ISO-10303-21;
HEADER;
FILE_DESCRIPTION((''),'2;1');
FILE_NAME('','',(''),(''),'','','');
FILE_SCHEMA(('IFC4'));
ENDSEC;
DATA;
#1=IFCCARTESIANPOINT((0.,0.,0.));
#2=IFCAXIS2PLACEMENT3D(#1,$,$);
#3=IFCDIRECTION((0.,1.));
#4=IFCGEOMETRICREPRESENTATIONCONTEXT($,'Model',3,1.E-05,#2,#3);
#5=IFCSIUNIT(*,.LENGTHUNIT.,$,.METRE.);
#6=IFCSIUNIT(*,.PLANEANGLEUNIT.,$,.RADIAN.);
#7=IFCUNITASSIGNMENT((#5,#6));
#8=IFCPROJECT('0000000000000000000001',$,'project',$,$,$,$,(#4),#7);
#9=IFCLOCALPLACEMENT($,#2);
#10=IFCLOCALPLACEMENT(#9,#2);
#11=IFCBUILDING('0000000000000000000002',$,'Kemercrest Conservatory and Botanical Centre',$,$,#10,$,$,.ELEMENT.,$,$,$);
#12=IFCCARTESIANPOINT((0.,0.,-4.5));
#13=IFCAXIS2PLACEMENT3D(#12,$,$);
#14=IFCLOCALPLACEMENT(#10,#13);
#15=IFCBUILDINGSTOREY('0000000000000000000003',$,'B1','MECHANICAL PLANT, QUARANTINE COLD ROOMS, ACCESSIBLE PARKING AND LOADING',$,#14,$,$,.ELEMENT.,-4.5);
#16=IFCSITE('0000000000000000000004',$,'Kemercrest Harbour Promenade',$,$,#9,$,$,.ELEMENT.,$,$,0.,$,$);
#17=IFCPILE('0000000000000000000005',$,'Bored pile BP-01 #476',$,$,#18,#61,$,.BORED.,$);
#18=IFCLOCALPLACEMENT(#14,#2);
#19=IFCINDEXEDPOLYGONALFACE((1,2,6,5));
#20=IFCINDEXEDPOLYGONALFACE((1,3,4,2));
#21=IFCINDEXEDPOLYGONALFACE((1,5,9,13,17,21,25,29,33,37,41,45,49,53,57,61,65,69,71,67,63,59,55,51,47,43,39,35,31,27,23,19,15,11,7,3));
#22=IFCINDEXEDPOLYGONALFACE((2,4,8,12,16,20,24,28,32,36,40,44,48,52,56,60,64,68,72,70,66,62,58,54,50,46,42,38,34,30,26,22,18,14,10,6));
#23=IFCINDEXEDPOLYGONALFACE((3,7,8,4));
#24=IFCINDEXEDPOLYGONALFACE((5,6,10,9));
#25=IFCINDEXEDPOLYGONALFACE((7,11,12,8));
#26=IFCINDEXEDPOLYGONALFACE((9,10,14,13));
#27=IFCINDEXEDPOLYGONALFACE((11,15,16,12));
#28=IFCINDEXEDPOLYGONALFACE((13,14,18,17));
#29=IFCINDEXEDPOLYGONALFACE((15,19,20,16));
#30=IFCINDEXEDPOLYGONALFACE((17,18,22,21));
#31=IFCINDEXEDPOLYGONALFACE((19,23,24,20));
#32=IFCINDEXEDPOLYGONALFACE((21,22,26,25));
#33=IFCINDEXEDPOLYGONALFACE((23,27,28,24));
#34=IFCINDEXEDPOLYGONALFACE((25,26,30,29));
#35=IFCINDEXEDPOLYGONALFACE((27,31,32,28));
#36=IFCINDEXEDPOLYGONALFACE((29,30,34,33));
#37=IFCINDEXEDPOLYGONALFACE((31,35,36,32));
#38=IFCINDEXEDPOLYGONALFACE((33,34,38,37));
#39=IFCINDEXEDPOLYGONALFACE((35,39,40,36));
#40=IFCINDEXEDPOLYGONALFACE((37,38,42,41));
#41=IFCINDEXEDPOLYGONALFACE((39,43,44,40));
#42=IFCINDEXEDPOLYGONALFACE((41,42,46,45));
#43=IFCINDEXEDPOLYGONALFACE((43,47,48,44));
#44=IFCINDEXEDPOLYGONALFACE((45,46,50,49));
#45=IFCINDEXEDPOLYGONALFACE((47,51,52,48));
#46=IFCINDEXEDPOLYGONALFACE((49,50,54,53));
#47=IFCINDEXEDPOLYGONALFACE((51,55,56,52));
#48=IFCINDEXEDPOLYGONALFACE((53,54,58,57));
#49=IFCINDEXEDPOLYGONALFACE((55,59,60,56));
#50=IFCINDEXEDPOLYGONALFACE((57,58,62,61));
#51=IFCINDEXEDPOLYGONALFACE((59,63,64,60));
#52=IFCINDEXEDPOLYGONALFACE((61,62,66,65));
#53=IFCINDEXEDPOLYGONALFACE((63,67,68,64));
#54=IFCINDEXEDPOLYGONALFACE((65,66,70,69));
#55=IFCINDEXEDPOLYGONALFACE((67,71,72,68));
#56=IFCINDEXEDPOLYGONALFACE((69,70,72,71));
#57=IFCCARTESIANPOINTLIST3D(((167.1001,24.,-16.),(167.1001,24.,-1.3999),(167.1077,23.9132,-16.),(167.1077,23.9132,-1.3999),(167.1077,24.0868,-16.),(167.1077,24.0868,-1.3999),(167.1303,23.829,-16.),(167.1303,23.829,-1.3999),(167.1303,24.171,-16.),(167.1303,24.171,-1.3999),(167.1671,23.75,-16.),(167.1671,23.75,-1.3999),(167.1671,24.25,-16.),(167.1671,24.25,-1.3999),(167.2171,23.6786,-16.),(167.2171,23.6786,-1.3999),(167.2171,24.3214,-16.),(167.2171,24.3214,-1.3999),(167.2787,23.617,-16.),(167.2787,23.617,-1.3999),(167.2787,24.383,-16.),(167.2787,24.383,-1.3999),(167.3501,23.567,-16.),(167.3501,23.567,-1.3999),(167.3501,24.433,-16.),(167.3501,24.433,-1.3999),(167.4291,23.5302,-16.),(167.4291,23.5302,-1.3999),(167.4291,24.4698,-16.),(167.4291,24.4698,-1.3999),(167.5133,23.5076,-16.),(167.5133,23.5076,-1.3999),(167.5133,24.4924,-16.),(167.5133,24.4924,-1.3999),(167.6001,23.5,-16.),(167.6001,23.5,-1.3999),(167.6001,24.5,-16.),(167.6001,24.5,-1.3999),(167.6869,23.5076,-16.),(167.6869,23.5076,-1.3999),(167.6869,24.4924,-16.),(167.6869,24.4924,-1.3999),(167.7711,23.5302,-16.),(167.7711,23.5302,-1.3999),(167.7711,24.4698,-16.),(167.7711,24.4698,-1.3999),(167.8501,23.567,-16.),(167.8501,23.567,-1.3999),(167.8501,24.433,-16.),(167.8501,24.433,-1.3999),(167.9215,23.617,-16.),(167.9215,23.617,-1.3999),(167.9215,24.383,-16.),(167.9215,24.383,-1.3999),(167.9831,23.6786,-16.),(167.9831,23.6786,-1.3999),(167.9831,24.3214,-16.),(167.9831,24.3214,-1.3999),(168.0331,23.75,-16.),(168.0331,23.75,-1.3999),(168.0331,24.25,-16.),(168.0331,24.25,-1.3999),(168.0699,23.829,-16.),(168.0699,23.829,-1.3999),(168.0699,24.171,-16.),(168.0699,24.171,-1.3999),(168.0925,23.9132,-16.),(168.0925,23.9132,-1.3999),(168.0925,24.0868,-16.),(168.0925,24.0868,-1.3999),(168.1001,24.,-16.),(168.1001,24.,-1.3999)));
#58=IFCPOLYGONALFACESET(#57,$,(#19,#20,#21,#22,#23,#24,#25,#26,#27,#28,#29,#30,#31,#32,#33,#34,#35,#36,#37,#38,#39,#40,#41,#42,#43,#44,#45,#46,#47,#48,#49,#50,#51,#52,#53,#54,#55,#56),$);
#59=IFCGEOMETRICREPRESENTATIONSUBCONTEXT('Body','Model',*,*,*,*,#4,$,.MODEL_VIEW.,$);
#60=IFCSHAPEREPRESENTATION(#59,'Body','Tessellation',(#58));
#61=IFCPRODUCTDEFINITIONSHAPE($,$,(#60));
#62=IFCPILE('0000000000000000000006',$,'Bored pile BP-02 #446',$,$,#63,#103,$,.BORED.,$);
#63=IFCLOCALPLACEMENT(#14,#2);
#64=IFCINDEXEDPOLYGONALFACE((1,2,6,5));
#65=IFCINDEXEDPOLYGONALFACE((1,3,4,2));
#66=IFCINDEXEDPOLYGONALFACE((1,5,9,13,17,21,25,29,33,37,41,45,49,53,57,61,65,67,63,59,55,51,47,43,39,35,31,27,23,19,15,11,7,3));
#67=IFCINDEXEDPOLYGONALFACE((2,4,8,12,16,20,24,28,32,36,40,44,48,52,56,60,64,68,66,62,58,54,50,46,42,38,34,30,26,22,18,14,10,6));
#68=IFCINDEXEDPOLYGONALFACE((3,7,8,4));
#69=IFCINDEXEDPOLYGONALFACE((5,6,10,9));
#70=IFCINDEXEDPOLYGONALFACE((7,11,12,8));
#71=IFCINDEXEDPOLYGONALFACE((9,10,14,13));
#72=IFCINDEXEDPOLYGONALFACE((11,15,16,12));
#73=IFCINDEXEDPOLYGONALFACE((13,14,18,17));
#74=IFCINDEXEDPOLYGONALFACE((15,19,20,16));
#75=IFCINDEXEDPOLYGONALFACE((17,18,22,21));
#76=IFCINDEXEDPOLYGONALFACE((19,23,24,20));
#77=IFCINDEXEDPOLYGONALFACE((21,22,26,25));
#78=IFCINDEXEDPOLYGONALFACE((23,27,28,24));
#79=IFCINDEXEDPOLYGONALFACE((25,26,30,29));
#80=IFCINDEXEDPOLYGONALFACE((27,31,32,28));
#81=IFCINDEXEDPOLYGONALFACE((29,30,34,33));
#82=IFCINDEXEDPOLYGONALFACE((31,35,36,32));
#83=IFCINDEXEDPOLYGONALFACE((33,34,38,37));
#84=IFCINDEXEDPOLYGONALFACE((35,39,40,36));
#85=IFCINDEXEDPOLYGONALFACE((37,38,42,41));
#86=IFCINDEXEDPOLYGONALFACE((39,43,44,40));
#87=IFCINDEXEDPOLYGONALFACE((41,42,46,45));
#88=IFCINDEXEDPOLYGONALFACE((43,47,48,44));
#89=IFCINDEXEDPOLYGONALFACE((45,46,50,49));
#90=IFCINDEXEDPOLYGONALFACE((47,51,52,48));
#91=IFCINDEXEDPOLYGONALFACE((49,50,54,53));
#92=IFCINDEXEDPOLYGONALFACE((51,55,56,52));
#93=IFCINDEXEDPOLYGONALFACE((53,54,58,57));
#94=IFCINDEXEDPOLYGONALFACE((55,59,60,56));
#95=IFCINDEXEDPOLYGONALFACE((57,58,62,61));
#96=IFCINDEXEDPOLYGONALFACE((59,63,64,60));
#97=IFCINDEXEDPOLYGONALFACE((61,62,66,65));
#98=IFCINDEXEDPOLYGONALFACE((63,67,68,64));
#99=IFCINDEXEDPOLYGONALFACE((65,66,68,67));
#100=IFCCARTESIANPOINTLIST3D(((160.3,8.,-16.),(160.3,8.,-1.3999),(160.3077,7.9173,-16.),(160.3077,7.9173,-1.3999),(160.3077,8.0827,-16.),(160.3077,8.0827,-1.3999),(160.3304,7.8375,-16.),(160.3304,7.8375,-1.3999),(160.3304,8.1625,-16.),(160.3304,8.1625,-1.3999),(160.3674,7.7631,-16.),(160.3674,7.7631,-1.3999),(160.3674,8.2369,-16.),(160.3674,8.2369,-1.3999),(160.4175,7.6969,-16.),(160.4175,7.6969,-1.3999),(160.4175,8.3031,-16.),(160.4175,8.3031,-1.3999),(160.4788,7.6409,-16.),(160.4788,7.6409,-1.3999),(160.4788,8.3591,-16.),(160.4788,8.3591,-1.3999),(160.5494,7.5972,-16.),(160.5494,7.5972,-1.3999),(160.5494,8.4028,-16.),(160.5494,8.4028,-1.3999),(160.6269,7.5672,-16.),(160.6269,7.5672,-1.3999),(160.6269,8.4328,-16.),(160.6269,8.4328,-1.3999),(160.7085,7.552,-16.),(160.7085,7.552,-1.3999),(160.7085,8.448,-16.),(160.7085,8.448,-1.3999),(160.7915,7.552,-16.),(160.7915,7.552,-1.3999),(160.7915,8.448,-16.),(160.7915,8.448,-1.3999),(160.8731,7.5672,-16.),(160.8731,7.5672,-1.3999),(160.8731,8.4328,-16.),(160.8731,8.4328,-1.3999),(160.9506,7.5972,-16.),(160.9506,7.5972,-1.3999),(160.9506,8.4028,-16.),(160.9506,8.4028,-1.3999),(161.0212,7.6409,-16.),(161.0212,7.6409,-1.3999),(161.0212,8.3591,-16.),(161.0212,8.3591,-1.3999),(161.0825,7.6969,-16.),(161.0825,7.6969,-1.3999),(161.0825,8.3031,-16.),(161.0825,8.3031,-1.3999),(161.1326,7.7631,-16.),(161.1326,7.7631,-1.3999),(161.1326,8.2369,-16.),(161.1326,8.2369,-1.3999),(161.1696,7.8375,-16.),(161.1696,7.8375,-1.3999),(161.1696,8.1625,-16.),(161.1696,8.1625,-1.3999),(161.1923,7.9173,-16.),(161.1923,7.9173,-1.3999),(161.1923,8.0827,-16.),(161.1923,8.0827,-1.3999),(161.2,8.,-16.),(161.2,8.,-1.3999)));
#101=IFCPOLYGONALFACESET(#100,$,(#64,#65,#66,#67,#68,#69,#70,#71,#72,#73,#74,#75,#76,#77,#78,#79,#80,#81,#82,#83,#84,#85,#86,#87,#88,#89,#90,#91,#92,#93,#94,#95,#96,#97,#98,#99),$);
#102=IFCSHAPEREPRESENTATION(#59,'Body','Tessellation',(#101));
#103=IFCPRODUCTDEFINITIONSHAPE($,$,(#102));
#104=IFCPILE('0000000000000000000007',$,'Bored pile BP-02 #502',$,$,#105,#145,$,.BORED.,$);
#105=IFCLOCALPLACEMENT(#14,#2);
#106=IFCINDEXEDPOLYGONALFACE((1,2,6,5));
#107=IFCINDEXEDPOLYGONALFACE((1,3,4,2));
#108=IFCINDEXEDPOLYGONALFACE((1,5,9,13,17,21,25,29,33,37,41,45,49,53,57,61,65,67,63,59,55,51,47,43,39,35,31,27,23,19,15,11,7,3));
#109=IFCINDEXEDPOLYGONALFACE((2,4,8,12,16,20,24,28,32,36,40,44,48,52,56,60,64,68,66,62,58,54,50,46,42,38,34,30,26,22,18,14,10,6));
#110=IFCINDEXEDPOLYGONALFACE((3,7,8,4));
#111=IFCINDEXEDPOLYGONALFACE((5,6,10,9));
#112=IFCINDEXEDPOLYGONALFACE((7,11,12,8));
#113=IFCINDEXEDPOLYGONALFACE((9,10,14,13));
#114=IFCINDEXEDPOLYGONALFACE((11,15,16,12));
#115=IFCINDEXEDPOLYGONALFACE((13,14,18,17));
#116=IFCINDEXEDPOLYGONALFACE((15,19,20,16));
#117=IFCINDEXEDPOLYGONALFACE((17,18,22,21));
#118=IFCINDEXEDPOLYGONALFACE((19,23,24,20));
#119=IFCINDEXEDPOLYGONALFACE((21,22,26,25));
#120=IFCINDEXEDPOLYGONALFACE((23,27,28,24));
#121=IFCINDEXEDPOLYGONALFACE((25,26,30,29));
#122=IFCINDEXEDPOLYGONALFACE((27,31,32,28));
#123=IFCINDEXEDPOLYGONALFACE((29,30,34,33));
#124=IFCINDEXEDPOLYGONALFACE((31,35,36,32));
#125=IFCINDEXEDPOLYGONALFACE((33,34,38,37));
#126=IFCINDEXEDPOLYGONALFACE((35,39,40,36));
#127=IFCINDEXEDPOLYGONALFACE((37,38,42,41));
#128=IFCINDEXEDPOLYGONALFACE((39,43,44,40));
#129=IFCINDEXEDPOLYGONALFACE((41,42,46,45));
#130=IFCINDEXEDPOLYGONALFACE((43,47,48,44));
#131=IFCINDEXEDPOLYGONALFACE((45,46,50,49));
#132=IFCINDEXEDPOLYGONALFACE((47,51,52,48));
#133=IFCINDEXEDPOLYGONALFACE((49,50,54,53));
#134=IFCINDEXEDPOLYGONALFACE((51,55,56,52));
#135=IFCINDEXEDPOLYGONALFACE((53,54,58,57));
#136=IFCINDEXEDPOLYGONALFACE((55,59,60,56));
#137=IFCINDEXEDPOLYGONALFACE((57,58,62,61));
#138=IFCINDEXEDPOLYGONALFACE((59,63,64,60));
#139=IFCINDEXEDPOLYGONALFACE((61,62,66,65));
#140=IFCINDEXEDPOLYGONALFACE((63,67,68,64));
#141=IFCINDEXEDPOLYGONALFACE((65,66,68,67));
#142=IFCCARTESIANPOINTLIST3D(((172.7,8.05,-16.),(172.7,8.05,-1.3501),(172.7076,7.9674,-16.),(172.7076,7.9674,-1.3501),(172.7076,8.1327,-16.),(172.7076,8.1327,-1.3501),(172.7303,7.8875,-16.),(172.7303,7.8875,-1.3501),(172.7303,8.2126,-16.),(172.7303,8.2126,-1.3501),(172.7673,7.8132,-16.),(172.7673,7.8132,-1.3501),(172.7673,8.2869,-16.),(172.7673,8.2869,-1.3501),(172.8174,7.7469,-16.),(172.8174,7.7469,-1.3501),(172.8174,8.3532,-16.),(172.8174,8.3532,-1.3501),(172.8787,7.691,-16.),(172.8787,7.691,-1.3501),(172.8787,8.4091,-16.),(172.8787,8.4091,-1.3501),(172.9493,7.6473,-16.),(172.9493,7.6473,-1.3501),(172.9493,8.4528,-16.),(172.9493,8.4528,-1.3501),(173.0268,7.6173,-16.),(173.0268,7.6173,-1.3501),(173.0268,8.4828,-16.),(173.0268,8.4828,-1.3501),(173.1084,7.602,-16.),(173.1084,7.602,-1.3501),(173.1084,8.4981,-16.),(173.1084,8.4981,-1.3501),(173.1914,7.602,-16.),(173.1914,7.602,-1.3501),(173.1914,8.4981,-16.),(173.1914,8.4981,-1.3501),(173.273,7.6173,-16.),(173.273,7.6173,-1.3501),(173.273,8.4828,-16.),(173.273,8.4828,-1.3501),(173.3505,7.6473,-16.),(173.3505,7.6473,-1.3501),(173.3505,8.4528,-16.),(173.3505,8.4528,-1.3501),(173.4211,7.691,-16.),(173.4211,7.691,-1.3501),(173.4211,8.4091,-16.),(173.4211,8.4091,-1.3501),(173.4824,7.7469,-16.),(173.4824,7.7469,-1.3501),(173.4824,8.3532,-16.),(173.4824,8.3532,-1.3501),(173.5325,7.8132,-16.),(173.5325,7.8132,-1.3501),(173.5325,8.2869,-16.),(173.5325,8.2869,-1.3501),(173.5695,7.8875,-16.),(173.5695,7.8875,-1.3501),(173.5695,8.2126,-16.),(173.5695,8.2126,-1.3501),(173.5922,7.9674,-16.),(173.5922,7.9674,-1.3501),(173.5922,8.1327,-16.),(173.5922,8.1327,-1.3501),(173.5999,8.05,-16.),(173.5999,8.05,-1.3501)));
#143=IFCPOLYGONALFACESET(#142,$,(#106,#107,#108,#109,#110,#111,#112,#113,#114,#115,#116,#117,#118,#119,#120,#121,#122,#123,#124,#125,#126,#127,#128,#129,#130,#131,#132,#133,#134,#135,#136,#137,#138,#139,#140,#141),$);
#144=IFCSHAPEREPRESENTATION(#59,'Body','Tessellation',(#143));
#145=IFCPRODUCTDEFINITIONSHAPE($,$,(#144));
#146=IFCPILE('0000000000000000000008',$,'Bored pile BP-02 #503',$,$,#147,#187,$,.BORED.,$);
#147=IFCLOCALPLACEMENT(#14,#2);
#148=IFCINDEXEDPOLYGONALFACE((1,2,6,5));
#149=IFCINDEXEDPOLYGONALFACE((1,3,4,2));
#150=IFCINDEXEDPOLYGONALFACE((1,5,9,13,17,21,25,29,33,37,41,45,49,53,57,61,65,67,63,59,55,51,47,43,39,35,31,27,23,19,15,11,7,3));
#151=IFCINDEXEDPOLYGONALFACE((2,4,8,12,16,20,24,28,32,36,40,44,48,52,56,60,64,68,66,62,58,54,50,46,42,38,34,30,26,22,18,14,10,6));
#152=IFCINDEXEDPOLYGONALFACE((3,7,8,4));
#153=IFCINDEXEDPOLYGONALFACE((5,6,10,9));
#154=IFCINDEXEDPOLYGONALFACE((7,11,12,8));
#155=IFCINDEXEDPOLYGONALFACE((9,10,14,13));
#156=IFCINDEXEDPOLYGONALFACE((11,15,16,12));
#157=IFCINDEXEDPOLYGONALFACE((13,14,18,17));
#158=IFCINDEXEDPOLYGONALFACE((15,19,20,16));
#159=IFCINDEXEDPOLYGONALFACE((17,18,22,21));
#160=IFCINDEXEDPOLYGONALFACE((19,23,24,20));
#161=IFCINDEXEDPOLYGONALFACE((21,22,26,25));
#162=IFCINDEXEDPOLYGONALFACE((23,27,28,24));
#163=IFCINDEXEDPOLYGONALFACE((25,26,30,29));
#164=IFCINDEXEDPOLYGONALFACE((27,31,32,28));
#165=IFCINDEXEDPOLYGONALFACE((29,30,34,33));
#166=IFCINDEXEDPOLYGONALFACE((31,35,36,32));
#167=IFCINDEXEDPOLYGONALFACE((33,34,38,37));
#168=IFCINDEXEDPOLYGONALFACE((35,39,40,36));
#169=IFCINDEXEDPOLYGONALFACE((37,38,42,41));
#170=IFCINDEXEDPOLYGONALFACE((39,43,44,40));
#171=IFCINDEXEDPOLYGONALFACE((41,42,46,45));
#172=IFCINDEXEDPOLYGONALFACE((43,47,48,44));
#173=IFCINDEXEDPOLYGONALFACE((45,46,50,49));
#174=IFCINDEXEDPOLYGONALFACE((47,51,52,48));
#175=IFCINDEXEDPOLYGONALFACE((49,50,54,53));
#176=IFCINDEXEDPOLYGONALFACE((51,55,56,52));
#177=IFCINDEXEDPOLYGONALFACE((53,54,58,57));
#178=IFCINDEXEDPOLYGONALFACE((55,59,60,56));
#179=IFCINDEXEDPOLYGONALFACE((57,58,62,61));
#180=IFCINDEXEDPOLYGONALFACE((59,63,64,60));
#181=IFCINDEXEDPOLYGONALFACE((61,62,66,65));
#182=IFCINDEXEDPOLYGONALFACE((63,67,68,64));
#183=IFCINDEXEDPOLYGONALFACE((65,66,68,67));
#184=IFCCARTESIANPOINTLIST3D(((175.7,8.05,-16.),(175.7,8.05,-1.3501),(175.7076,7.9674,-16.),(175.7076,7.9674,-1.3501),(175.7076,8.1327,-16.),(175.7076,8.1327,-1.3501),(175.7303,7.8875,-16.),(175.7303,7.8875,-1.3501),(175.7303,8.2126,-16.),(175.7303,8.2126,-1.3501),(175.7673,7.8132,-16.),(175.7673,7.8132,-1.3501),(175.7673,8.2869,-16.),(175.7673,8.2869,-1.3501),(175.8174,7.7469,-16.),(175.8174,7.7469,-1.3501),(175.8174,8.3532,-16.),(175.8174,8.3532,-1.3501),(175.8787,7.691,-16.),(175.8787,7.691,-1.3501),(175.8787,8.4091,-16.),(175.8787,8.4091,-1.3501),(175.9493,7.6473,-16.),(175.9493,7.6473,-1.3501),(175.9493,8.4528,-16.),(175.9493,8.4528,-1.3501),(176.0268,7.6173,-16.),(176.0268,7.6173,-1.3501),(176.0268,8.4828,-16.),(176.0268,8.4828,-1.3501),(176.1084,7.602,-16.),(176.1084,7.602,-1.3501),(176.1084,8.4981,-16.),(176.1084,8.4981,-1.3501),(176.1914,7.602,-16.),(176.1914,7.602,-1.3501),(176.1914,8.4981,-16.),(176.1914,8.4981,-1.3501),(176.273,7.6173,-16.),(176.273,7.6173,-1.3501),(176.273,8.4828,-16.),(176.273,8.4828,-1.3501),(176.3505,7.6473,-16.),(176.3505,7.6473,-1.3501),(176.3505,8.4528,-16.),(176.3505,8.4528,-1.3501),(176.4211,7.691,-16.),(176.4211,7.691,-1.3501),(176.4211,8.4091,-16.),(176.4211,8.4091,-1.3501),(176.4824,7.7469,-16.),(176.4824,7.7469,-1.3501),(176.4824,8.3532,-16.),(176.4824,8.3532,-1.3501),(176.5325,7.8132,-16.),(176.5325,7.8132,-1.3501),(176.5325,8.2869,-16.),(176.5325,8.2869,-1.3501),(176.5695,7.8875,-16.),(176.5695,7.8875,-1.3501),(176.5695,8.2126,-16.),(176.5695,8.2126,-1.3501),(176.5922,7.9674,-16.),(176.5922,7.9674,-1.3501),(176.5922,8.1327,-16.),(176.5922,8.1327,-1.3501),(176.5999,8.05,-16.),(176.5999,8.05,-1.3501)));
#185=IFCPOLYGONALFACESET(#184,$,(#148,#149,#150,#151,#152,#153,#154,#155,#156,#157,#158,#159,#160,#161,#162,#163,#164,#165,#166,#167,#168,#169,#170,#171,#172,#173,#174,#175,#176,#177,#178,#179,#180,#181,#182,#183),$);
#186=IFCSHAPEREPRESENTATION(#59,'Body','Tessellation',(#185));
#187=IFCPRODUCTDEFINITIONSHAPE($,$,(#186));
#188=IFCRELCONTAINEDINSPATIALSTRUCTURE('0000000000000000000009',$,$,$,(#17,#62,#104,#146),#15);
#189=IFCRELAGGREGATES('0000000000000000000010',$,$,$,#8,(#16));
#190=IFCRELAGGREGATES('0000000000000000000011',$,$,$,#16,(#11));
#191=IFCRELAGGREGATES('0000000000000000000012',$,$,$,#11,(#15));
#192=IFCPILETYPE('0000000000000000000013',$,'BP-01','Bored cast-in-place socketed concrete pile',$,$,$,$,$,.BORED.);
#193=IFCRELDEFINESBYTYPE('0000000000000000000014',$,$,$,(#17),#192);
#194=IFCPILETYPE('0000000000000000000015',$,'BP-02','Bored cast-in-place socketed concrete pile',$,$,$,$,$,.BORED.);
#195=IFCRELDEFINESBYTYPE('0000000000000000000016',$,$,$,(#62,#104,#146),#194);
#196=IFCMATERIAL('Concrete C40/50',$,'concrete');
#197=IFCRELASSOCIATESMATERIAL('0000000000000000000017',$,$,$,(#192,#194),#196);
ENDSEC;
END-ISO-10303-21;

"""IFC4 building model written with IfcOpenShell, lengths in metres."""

from ifc_helpers import new_model, si_unit, direction, frame, origin, origin_2d, place, context, subcontext, project, spatial, circle, extrude, material, material_profile, profile_set, type_object, element, save


model = new_model("IFC4")

# Units and contexts
model_context = context("Model", 3, precision=1e-05, world=origin(), true_north=direction((0.0, 1.0)))
body_context = subcontext(model_context, "Body", "Model", "MODEL_VIEW")
ifc_project = project(units=[si_unit("LENGTHUNIT", "METRE"), si_unit("PLANEANGLEUNIT", "RADIAN")], contexts=[model_context])

# Site, building, storey
site_placement = place(None, origin())
site = spatial("IfcSite", under=ifc_project, at=site_placement, Name="Kemercrest Harbour Promenade", CompositionType="ELEMENT", RefElevation=0.0)
building_placement = place(site_placement, origin())
building = spatial("IfcBuilding", under=site, at=building_placement, Name="Kemercrest Conservatory and Botanical Centre", CompositionType="ELEMENT")
storey_placement = place(building_placement, frame((0.0, 0.0, -4.5)))
storey = spatial("IfcBuildingStorey", under=building, at=storey_placement, Name="B1", Description="MECHANICAL PLANT, QUARANTINE COLD ROOMS, ACCESSIBLE PARKING AND LOADING", CompositionType="ELEMENT", Elevation=-4.5)

# Piles
ifc_material_1 = material(Name="Concrete C40/50", Category="concrete")
ifc_material_profile_1 = material_profile(ifc_material_1, circle(Radius=0.5, at=origin_2d()), Name="BORED PILE 1000")
ifc_profile_set_1 = profile_set([ifc_material_profile_1], Name="Concrete C40/50")
pile_type_1 = type_object("IfcPileType", Name="BP-01", Description="Bored cast-in-place socketed concrete pile", PredefinedType="BORED", material=ifc_profile_set_1)
for number, where, z_axis, x_axis, name in (
    (1, (167.6001, 24.0, -1.3999), (0.0, 0.0, -1.0), (1.0, 0.0, 0.0), "Bored pile BP-01 #476"),
):
    element("IfcPile", number, at=place(storey_placement, frame(where, z_axis=z_axis, x_axis=x_axis)), inside=storey, type_object=pile_type_1, Name=name, PredefinedType="BORED", context=body_context, shape_type="SweptSolid", body=[
        extrude(circle(Radius=0.5, at=origin_2d()), origin(), (0.0, 0.0, 1.0), 14.6001),
    ])
ifc_material_profile_2 = material_profile(ifc_material_1, circle(Radius=0.45, at=origin_2d()), Name="BORED PILE 900")
ifc_profile_set_2 = profile_set([ifc_material_profile_2], Name="Concrete C40/50")
pile_type_2 = type_object("IfcPileType", Name="BP-02", Description="Bored cast-in-place socketed concrete pile", PredefinedType="BORED", material=ifc_profile_set_2)
pile_1_placement = place(storey_placement, frame((160.75, 8.0, -1.3999), z_axis=(0.0, 0.0, -1.0), x_axis=(1.0, 0.0, 0.0)))
element("IfcPile", 2, at=pile_1_placement, inside=storey, type_object=pile_type_2, Name="Bored pile BP-02 #446", PredefinedType="BORED", context=body_context, shape_type="SweptSolid", body=[
    extrude(circle(Radius=0.45, at=origin_2d()), origin(), (0.0, 0.0, 1.0), 14.6001),
])
for number, where, z_axis, x_axis, name in (
    (3, (173.1499, 8.05, -1.3501), (0.0, 0.0, -1.0), (1.0, 0.0, 0.0), "Bored pile BP-02 #502"),
    (4, (176.1499, 8.05, -1.3501), (0.0, 0.0, -1.0), (1.0, 0.0, 0.0), "Bored pile BP-02 #503"),
):
    element("IfcPile", number, at=place(storey_placement, frame(where, z_axis=z_axis, x_axis=x_axis)), inside=storey, type_object=pile_type_2, Name=name, PredefinedType="BORED", context=body_context, shape_type="SweptSolid", body=[
        extrude(circle(Radius=0.45, at=origin_2d()), origin(), (0.0, 0.0, 1.0), 14.6499),
    ])

save(model, "model.ifc")
